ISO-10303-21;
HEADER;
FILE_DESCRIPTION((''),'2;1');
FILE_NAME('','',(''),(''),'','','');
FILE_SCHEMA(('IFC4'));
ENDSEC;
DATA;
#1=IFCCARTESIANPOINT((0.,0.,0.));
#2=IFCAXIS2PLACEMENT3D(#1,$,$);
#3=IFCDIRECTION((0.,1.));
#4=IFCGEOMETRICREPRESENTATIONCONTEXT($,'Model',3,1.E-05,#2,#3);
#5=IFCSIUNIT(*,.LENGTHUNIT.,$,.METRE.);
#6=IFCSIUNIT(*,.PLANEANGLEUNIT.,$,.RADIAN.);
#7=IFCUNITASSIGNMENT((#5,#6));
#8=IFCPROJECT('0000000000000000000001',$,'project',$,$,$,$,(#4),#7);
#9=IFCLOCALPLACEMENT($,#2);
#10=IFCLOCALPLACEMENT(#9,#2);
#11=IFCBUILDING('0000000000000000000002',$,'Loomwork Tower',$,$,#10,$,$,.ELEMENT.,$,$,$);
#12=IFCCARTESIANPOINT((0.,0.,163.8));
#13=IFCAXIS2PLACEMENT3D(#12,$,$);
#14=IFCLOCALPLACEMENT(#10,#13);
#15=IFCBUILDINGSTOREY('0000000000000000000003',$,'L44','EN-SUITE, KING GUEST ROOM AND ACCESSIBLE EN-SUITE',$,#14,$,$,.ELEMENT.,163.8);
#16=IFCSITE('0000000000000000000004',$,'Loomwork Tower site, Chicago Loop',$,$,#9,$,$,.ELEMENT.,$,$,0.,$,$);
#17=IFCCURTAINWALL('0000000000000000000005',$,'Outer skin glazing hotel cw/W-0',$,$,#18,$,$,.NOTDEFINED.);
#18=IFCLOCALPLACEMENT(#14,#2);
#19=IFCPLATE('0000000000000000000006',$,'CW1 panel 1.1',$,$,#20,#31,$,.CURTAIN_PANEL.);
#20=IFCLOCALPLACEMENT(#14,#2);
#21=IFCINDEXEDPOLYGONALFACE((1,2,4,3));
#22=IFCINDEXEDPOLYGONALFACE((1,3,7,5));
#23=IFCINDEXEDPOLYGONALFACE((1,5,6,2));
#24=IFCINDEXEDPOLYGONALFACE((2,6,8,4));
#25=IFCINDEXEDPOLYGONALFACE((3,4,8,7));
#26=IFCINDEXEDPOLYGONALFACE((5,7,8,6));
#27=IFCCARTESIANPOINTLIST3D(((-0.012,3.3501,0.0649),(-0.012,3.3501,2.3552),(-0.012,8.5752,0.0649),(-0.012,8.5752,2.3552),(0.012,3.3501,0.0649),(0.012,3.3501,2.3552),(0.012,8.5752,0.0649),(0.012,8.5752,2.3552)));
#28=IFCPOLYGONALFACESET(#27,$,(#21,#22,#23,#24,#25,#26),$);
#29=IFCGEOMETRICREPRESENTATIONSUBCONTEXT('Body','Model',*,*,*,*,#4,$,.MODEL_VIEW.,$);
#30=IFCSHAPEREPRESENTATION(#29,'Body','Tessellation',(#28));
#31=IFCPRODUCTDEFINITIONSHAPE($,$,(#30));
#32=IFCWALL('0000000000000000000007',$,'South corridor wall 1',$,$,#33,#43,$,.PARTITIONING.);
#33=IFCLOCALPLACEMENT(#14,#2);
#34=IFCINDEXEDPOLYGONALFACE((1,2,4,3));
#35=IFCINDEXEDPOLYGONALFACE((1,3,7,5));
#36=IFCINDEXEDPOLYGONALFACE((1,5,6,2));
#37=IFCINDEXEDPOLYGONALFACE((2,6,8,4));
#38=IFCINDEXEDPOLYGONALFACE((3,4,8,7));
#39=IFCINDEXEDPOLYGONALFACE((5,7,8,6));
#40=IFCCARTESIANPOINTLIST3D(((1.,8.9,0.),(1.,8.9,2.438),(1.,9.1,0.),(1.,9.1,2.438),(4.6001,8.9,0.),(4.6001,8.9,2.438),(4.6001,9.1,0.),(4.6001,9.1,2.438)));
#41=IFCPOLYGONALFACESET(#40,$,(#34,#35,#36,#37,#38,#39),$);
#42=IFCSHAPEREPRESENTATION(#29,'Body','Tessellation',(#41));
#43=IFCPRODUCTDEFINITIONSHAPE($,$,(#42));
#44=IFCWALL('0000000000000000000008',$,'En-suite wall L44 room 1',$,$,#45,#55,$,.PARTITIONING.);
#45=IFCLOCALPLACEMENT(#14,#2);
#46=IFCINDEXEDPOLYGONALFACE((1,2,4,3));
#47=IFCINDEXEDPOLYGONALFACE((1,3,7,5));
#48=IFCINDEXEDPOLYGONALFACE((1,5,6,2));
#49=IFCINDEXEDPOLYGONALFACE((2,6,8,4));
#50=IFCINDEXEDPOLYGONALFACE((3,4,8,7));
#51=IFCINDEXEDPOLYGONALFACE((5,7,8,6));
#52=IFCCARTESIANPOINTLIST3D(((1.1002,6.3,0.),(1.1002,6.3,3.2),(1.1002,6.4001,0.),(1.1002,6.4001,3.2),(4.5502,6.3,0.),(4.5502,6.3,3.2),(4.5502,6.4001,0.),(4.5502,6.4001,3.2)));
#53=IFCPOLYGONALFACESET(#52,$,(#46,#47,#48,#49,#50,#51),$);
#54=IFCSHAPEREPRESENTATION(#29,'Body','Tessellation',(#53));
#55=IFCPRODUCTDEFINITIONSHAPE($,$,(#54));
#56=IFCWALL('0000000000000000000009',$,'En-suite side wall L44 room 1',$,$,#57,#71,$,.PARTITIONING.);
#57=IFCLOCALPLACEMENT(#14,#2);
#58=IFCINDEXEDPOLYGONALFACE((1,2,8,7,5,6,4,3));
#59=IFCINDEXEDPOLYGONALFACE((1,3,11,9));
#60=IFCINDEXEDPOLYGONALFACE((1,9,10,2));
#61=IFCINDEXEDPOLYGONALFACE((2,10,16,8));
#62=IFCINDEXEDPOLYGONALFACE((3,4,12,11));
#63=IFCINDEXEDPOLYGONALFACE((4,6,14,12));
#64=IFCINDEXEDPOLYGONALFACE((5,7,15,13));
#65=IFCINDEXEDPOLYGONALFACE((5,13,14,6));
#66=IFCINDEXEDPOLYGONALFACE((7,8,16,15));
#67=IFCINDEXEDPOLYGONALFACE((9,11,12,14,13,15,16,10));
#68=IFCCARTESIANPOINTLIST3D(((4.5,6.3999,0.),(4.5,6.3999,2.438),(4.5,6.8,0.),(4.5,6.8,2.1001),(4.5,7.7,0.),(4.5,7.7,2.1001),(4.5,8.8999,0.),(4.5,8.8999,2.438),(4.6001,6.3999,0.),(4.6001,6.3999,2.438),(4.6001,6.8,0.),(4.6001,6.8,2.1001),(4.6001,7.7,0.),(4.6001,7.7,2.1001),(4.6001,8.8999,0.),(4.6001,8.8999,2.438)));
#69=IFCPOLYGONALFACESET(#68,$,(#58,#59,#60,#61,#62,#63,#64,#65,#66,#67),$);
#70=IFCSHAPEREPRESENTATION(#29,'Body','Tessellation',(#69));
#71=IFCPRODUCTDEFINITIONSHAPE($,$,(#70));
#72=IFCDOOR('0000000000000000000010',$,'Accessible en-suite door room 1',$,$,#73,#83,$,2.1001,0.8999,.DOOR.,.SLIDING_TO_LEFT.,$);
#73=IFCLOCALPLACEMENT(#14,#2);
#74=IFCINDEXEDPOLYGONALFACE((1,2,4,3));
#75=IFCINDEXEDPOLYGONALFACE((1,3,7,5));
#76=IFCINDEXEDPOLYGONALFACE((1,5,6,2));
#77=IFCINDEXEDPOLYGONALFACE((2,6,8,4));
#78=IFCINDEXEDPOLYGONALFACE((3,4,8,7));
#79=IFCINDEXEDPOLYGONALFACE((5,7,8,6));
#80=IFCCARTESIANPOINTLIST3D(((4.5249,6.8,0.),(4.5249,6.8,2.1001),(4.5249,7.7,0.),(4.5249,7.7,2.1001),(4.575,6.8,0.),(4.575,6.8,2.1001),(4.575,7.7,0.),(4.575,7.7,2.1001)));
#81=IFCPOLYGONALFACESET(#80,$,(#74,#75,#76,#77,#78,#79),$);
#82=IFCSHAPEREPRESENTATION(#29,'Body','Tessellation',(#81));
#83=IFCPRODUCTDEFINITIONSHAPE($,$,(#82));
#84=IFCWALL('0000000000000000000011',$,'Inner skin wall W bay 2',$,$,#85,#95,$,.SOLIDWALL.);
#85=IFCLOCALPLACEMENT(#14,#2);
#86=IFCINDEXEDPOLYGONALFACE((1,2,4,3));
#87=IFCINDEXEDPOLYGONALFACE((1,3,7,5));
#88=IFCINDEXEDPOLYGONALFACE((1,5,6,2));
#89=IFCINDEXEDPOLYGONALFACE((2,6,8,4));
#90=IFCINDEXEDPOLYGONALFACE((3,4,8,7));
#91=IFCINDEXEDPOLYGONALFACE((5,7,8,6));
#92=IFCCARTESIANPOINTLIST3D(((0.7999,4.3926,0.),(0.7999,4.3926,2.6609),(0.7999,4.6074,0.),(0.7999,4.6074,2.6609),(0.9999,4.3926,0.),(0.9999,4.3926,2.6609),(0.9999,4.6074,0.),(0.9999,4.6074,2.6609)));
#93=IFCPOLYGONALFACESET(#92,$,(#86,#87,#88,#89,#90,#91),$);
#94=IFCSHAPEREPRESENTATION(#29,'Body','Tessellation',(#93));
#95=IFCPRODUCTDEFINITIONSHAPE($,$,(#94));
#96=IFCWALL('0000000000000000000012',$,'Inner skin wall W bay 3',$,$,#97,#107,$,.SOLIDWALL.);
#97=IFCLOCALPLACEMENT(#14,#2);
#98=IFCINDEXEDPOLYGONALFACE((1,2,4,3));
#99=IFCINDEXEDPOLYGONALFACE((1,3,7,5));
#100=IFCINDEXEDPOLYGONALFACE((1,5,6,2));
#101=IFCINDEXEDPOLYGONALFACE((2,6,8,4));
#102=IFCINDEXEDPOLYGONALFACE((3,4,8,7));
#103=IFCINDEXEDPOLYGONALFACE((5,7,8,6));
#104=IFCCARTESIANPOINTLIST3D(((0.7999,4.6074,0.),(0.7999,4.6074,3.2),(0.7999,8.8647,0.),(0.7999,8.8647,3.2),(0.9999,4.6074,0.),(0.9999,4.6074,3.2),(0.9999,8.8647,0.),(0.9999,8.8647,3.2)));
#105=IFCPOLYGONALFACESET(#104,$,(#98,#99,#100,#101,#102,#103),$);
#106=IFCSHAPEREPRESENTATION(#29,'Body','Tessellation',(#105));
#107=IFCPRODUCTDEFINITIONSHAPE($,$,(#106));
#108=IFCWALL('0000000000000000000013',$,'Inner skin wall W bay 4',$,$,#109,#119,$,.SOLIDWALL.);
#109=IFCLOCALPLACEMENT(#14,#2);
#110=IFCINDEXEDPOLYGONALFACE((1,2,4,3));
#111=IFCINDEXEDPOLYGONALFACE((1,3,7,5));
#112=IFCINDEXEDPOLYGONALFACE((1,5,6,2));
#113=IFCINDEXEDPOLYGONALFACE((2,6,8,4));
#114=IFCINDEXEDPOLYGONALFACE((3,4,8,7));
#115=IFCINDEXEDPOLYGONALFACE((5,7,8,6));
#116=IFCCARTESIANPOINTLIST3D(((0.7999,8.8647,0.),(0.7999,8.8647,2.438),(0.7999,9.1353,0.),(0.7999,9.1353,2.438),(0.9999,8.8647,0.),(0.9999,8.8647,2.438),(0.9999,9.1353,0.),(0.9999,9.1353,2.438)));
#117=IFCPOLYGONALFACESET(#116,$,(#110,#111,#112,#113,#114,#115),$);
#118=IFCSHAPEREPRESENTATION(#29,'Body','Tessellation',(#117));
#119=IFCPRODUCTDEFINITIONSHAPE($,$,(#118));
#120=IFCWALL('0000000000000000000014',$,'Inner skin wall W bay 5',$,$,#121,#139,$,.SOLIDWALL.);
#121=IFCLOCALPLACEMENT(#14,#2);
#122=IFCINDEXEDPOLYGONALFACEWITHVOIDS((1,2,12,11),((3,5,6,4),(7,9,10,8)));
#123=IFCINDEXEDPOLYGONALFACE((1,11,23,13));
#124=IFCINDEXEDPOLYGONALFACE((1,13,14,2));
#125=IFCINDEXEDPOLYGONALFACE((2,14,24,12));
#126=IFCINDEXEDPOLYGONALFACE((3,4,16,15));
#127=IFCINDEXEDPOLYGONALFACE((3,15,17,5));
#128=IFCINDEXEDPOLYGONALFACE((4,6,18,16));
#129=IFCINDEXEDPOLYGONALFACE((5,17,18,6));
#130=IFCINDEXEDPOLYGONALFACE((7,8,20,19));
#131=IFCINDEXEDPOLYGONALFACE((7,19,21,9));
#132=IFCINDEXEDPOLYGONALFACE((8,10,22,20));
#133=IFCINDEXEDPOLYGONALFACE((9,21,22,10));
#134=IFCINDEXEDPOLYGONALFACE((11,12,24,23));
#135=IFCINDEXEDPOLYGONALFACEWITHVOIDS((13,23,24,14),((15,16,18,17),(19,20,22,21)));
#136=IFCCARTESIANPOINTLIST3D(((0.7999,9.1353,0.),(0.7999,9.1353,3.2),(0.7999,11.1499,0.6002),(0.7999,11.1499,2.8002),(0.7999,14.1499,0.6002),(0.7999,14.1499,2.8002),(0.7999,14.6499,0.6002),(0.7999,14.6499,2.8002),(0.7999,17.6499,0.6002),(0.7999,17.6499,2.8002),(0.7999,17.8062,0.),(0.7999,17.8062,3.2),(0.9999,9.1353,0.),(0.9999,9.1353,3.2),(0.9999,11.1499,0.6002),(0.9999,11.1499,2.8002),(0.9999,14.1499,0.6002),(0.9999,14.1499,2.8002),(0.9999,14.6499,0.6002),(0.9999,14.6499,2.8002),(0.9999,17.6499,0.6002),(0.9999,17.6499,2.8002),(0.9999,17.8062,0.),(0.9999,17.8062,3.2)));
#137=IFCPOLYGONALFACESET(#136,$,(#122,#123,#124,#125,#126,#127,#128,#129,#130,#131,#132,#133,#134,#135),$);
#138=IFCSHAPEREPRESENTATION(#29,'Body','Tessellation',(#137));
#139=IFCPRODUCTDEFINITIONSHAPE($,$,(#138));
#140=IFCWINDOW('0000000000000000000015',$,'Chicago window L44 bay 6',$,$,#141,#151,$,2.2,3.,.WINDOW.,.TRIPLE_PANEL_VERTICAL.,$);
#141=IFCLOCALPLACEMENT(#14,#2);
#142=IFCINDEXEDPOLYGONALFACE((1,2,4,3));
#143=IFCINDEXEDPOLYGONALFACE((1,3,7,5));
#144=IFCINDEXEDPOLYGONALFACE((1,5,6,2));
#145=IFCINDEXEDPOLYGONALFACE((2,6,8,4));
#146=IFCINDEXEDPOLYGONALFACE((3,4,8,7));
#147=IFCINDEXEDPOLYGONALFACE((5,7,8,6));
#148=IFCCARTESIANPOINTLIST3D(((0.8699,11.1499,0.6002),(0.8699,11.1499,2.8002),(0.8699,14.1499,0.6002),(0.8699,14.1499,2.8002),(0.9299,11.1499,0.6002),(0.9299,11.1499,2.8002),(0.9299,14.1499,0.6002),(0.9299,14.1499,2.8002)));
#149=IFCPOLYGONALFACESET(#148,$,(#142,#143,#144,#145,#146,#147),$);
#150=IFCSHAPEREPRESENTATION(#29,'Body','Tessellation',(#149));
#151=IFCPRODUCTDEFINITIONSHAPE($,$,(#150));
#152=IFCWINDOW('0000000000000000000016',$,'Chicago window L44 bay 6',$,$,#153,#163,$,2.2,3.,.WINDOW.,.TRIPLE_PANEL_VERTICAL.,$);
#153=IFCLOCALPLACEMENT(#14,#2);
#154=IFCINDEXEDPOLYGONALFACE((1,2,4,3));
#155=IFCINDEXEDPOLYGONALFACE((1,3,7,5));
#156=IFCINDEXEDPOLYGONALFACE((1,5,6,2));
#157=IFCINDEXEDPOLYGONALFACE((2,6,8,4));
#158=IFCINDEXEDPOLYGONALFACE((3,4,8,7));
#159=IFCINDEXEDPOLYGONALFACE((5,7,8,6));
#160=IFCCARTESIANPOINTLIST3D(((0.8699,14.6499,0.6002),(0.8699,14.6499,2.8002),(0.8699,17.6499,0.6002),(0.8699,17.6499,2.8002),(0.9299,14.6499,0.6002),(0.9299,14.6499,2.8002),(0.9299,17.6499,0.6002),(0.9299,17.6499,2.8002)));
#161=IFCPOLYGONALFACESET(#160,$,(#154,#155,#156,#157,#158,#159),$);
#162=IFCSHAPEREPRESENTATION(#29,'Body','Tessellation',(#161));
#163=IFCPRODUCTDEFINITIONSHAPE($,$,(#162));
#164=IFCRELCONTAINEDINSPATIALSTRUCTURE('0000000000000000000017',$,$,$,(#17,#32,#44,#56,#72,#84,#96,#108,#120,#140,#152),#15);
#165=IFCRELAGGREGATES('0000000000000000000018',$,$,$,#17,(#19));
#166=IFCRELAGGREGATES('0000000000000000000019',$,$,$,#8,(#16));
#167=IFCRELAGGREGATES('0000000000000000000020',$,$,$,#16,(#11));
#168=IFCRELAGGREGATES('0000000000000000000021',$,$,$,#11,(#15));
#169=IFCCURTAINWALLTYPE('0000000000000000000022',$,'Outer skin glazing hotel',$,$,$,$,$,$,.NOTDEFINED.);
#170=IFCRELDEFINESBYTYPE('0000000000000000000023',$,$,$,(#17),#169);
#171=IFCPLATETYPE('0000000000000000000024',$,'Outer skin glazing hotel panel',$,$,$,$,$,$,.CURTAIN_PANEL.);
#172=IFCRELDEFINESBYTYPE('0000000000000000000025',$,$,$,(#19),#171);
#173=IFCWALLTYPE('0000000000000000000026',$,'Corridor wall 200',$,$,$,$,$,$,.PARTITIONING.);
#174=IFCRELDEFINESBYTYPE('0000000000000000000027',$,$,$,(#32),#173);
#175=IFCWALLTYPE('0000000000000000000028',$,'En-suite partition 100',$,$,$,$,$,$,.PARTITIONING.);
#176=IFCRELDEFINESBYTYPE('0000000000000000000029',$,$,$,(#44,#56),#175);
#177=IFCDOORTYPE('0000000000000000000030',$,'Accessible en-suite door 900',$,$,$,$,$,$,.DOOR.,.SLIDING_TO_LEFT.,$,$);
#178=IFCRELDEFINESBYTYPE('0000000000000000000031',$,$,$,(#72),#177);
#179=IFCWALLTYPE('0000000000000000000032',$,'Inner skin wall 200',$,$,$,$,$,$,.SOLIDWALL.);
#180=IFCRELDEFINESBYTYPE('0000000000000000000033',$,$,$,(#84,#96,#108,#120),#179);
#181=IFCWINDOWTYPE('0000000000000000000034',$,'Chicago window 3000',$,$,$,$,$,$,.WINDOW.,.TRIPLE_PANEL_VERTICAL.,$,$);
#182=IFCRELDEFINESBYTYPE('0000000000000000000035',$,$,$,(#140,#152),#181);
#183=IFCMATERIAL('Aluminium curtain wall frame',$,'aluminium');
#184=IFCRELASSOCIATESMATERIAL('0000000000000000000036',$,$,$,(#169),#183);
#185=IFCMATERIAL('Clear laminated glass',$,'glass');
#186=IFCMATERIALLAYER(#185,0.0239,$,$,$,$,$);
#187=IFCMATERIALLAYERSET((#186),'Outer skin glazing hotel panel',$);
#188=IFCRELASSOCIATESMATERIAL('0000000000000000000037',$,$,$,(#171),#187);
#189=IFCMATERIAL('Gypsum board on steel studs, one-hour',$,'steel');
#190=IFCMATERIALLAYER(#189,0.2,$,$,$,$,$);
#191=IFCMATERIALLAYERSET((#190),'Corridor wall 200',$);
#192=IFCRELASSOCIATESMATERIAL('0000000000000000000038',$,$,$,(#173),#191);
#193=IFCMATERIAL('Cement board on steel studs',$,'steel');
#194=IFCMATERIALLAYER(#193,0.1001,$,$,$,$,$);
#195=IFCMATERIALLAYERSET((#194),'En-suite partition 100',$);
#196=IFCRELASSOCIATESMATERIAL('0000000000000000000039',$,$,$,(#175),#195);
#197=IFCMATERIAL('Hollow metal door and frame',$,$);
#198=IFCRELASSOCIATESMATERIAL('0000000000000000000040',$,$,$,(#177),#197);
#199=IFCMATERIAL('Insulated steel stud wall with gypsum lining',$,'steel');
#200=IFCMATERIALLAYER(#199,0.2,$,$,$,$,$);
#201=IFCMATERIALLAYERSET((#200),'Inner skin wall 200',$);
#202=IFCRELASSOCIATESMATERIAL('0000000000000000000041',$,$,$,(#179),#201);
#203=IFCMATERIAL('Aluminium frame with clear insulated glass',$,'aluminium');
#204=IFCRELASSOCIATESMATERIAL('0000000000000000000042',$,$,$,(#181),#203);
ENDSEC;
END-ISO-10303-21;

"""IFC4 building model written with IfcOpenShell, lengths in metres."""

from ifc_helpers import new_model, si_unit, direction, frame, frame_2d, origin, origin_2d, place, context, subcontext, project, spatial, rectangle, extrude, material, layer, layer_set, type_object, element, fill, aggregate, save


model = new_model("IFC4")

# Units and contexts
model_context = context("Model", 3, precision=1e-05, world=origin(), true_north=direction((0.0, 1.0)))
body_context = subcontext(model_context, "Body", "Model", "MODEL_VIEW")
ifc_project = project(units=[si_unit("LENGTHUNIT", "METRE"), si_unit("PLANEANGLEUNIT", "RADIAN")], contexts=[model_context])

# Site, building, storey
site_placement = place(None, origin())
site = spatial("IfcSite", under=ifc_project, at=site_placement, Name="Loomwork Tower site, Chicago Loop", CompositionType="ELEMENT", RefElevation=0.0)
building_placement = place(site_placement, origin())
building = spatial("IfcBuilding", under=site, at=building_placement, Name="Loomwork Tower", CompositionType="ELEMENT")
storey_placement = place(building_placement, frame((0.0, 0.0, 163.8)))
storey = spatial("IfcBuildingStorey", under=building, at=storey_placement, Name="L44", Description="EN-SUITE, KING GUEST ROOM AND ACCESSIBLE EN-SUITE", CompositionType="ELEMENT", Elevation=163.8)

# Curtain wall
ifc_material_1 = material(Name="Aluminium curtain wall frame", Category="aluminium")
curtain_wall_type = type_object("IfcCurtainWallType", Name="Outer skin glazing hotel", PredefinedType="NOTDEFINED", material=ifc_material_1)
curtain_wall_1_placement = place(storey_placement, origin())
curtain_wall_1 = element("IfcCurtainWall", 1, at=curtain_wall_1_placement, inside=storey, type_object=curtain_wall_type, Name="Outer skin glazing hotel cw/W-0", PredefinedType="NOTDEFINED")

# Plate
ifc_material_2 = material(Name="Clear laminated glass", Category="glass")
ifc_layer_1 = layer(ifc_material_2, 0.0239)
ifc_layer_set_1 = layer_set([ifc_layer_1], Name="Outer skin glazing hotel panel")
plate_type = type_object("IfcPlateType", Name="Outer skin glazing hotel panel", PredefinedType="CURTAIN_PANEL", material=ifc_layer_set_1)
plate_placement = place(storey_placement, frame((0.0, 5.9626, 0.0649), z_axis=(0.0, 0.0, 1.0), x_axis=(0.0, -1.0, 0.0)))
plate = element("IfcPlate", 2, at=plate_placement, type_object=plate_type, Name="CW1 panel 1.1", PredefinedType="CURTAIN_PANEL", context=body_context, shape_type="SweptSolid", body=[
    extrude(rectangle(XDim=5.2251, YDim=0.0239, at=origin_2d()), origin(), (0.0, 0.0, 1.0), 2.2903),
])
aggregate(curtain_wall_1, [plate])

# Walls
ifc_material_3 = material(Name="Gypsum board on steel studs, one-hour", Category="steel")
ifc_layer_2 = layer(ifc_material_3, 0.2)
ifc_layer_set_2 = layer_set([ifc_layer_2], Name="Corridor wall 200")
wall_type_1 = type_object("IfcWallType", Name="Corridor wall 200", PredefinedType="PARTITIONING", material=ifc_layer_set_2)
wall_1_placement = place(storey_placement, frame((1.0, 9.0, 0.0), z_axis=(0.0, 0.0, 1.0), x_axis=(1.0, 0.0, 0.0)))
element("IfcWall", 3, at=wall_1_placement, inside=storey, type_object=wall_type_1, Name="South corridor wall 1", PredefinedType="PARTITIONING", context=body_context, shape_type="SweptSolid", body=[
    extrude(rectangle(XDim=3.6001, YDim=0.2, at=frame_2d((1.8, 0.0))), origin(), (0.0, 0.0, 1.0), 2.438),
])
ifc_material_4 = material(Name="Cement board on steel studs", Category="steel")
ifc_layer_3 = layer(ifc_material_4, 0.1001)
ifc_layer_set_3 = layer_set([ifc_layer_3], Name="En-suite partition 100")
wall_type_2 = type_object("IfcWallType", Name="En-suite partition 100", PredefinedType="PARTITIONING", material=ifc_layer_set_3)
wall_2_placement = place(storey_placement, frame((1.1001, 6.3501, 0.0), z_axis=(0.0, 0.0, 1.0), x_axis=(1.0, 0.0, 0.0)))
element("IfcWall", 4, at=wall_2_placement, inside=storey, type_object=wall_type_2, Name="En-suite wall L44 room 1", PredefinedType="PARTITIONING", context=body_context, shape_type="SweptSolid", body=[
    extrude(rectangle(XDim=3.45, YDim=0.1001, at=frame_2d((1.7251, 0.0))), origin(), (0.0, 0.0, 1.0), 3.2),
])

# Wall, opening, door
wall_3_placement = place(storey_placement, frame((4.55, 8.8999, 0.0), z_axis=(0.0, 0.0, 1.0), x_axis=(0.0, -1.0, 0.0)))
wall_3 = element("IfcWall", 5, at=wall_3_placement, inside=storey, type_object=wall_type_2, Name="En-suite side wall L44 room 1", PredefinedType="PARTITIONING", context=body_context, shape_type="SweptSolid", body=[
    extrude(rectangle(XDim=2.5, YDim=0.1001, at=frame_2d((1.25, 0.0))), origin(), (0.0, 0.0, 1.0), 2.438),
])
opening_1_placement = place(wall_3_placement, frame((1.2, 0.0, 0.0)))
opening_1 = element("IfcOpeningElement", 6, at=opening_1_placement, cuts=wall_3, PredefinedType="OPENING", context=body_context, shape_type="SweptSolid", body=[
    extrude(rectangle(XDim=0.8999, YDim=2.1001, at=frame_2d((0.45, 1.05))), frame((0.0, 0.0601, 0.0), z_axis=(0.0, -1.0, 0.0), x_axis=(1.0, 0.0, 0.0)), (0.0, 0.0, 1.0), 0.1201),
])
ifc_material_5 = material(Name="Hollow metal door and frame")
door_type = type_object("IfcDoorType", Name="Accessible en-suite door 900", OperationType="SLIDING_TO_LEFT", PredefinedType="DOOR", material=ifc_material_5)
door_placement = place(opening_1_placement, origin())
door = element("IfcDoor", 7, at=door_placement, inside=storey, type_object=door_type, Name="Accessible en-suite door room 1", OperationType="SLIDING_TO_LEFT", OverallHeight=2.1001, OverallWidth=0.8999, PredefinedType="DOOR", context=body_context, shape_type="SweptSolid", body=[
    extrude(rectangle(XDim=0.8999, YDim=2.1001, at=frame_2d((0.45, 1.05))), frame((0.0, 0.0249, 0.0), z_axis=(0.0, -1.0, 0.0), x_axis=(1.0, 0.0, 0.0)), (0.0, 0.0, 1.0), 0.05),
])
fill(opening_1, door)

# Walls
ifc_material_6 = material(Name="Insulated steel stud wall with gypsum lining", Category="steel")
ifc_layer_4 = layer(ifc_material_6, 0.2)
ifc_layer_set_4 = layer_set([ifc_layer_4], Name="Inner skin wall 200")
wall_type_3 = type_object("IfcWallType", Name="Inner skin wall 200", PredefinedType="SOLIDWALL", material=ifc_layer_set_4)
wall_4_placement = place(storey_placement, frame((0.8999, 4.3926, 0.0), z_axis=(0.0, 0.0, 1.0), x_axis=(0.0, 1.0, 0.0)))
element("IfcWall", 8, at=wall_4_placement, inside=storey, type_object=wall_type_3, Name="Inner skin wall W bay 2", PredefinedType="SOLIDWALL", context=body_context, shape_type="SweptSolid", body=[
    extrude(rectangle(XDim=0.2148, YDim=0.2, at=frame_2d((0.1074, 0.0))), origin(), (0.0, 0.0, 1.0), 2.6609),
])
wall_5_placement = place(storey_placement, frame((0.8999, 4.6074, 0.0), z_axis=(0.0, 0.0, 1.0), x_axis=(0.0, 1.0, 0.0)))
element("IfcWall", 9, at=wall_5_placement, inside=storey, type_object=wall_type_3, Name="Inner skin wall W bay 3", PredefinedType="SOLIDWALL", context=body_context, shape_type="SweptSolid", body=[
    extrude(rectangle(XDim=4.2573, YDim=0.2, at=frame_2d((2.1287, 0.0))), origin(), (0.0, 0.0, 1.0), 3.2),
])
wall_6_placement = place(storey_placement, frame((0.8999, 8.8647, 0.0), z_axis=(0.0, 0.0, 1.0), x_axis=(0.0, 1.0, 0.0)))
element("IfcWall", 10, at=wall_6_placement, inside=storey, type_object=wall_type_3, Name="Inner skin wall W bay 4", PredefinedType="SOLIDWALL", context=body_context, shape_type="SweptSolid", body=[
    extrude(rectangle(XDim=0.2705, YDim=0.2, at=frame_2d((0.1353, 0.0))), origin(), (0.0, 0.0, 1.0), 2.438),
])

# Wall, openings, windows
wall_7_placement = place(storey_placement, frame((0.8999, 9.1353, 0.0), z_axis=(0.0, 0.0, 1.0), x_axis=(0.0, 1.0, 0.0)))
wall_7 = element("IfcWall", 11, at=wall_7_placement, inside=storey, type_object=wall_type_3, Name="Inner skin wall W bay 5", PredefinedType="SOLIDWALL", context=body_context, shape_type="SweptSolid", body=[
    extrude(rectangle(XDim=8.6709, YDim=0.2, at=frame_2d((4.3354, 0.0))), origin(), (0.0, 0.0, 1.0), 3.2),
])
opening_2_placement = place(wall_7_placement, frame((2.0146, 0.0, 0.6001)))
opening_2 = element("IfcOpeningElement", 12, at=opening_2_placement, cuts=wall_7, PredefinedType="OPENING", context=body_context, shape_type="SweptSolid", body=[
    extrude(rectangle(XDim=3.0, YDim=2.2, at=frame_2d((1.5, 1.1001))), frame((0.0, 0.1099, 0.0), z_axis=(0.0, -1.0, 0.0), x_axis=(1.0, 0.0, 0.0)), (0.0, 0.0, 1.0), 0.22),
])
opening_3_placement = place(wall_7_placement, frame((5.5146, 0.0, 0.6001)))
opening_3 = element("IfcOpeningElement", 13, at=opening_3_placement, cuts=wall_7, PredefinedType="OPENING", context=body_context, shape_type="SweptSolid", body=[
    extrude(rectangle(XDim=3.0, YDim=2.2, at=frame_2d((1.5, 1.1001))), frame((0.0, 0.1099, 0.0), z_axis=(0.0, -1.0, 0.0), x_axis=(1.0, 0.0, 0.0)), (0.0, 0.0, 1.0), 0.22),
])
ifc_material_7 = material(Name="Aluminium frame with clear insulated glass", Category="aluminium")
window_type_1 = type_object("IfcWindowType", Name="Chicago window 3000", PartitioningType="TRIPLE_PANEL_VERTICAL", PredefinedType="WINDOW", material=ifc_material_7)
window_1_placement = place(opening_2_placement, origin())
window_1 = element("IfcWindow", 14, at=window_1_placement, inside=storey, type_object=window_type_1, Name="Chicago window L44 bay 6", OverallHeight=2.2, OverallWidth=3.0, PartitioningType="TRIPLE_PANEL_VERTICAL", PredefinedType="WINDOW", context=body_context, shape_type="SweptSolid", body=[
    extrude(rectangle(XDim=3.0, YDim=2.2, at=frame_2d((1.5, 1.1001))), frame((0.0, 0.03, 0.0), z_axis=(0.0, -1.0, 0.0), x_axis=(1.0, 0.0, 0.0)), (0.0, 0.0, 1.0), 0.0601),
])
fill(opening_2, window_1)
window_2_placement = place(opening_3_placement, origin())
window_2 = element("IfcWindow", 15, at=window_2_placement, inside=storey, type_object=window_type_1, Name="Chicago window L44 bay 6", OverallHeight=2.2, OverallWidth=3.0, PartitioningType="TRIPLE_PANEL_VERTICAL", PredefinedType="WINDOW", context=body_context, shape_type="SweptSolid", body=[
    extrude(rectangle(XDim=3.0, YDim=2.2, at=frame_2d((1.5, 1.1001))), frame((0.0, 0.03, 0.0), z_axis=(0.0, -1.0, 0.0), x_axis=(1.0, 0.0, 0.0)), (0.0, 0.0, 1.0), 0.0601),
])
fill(opening_3, window_2)

save(model, "model.ifc")
